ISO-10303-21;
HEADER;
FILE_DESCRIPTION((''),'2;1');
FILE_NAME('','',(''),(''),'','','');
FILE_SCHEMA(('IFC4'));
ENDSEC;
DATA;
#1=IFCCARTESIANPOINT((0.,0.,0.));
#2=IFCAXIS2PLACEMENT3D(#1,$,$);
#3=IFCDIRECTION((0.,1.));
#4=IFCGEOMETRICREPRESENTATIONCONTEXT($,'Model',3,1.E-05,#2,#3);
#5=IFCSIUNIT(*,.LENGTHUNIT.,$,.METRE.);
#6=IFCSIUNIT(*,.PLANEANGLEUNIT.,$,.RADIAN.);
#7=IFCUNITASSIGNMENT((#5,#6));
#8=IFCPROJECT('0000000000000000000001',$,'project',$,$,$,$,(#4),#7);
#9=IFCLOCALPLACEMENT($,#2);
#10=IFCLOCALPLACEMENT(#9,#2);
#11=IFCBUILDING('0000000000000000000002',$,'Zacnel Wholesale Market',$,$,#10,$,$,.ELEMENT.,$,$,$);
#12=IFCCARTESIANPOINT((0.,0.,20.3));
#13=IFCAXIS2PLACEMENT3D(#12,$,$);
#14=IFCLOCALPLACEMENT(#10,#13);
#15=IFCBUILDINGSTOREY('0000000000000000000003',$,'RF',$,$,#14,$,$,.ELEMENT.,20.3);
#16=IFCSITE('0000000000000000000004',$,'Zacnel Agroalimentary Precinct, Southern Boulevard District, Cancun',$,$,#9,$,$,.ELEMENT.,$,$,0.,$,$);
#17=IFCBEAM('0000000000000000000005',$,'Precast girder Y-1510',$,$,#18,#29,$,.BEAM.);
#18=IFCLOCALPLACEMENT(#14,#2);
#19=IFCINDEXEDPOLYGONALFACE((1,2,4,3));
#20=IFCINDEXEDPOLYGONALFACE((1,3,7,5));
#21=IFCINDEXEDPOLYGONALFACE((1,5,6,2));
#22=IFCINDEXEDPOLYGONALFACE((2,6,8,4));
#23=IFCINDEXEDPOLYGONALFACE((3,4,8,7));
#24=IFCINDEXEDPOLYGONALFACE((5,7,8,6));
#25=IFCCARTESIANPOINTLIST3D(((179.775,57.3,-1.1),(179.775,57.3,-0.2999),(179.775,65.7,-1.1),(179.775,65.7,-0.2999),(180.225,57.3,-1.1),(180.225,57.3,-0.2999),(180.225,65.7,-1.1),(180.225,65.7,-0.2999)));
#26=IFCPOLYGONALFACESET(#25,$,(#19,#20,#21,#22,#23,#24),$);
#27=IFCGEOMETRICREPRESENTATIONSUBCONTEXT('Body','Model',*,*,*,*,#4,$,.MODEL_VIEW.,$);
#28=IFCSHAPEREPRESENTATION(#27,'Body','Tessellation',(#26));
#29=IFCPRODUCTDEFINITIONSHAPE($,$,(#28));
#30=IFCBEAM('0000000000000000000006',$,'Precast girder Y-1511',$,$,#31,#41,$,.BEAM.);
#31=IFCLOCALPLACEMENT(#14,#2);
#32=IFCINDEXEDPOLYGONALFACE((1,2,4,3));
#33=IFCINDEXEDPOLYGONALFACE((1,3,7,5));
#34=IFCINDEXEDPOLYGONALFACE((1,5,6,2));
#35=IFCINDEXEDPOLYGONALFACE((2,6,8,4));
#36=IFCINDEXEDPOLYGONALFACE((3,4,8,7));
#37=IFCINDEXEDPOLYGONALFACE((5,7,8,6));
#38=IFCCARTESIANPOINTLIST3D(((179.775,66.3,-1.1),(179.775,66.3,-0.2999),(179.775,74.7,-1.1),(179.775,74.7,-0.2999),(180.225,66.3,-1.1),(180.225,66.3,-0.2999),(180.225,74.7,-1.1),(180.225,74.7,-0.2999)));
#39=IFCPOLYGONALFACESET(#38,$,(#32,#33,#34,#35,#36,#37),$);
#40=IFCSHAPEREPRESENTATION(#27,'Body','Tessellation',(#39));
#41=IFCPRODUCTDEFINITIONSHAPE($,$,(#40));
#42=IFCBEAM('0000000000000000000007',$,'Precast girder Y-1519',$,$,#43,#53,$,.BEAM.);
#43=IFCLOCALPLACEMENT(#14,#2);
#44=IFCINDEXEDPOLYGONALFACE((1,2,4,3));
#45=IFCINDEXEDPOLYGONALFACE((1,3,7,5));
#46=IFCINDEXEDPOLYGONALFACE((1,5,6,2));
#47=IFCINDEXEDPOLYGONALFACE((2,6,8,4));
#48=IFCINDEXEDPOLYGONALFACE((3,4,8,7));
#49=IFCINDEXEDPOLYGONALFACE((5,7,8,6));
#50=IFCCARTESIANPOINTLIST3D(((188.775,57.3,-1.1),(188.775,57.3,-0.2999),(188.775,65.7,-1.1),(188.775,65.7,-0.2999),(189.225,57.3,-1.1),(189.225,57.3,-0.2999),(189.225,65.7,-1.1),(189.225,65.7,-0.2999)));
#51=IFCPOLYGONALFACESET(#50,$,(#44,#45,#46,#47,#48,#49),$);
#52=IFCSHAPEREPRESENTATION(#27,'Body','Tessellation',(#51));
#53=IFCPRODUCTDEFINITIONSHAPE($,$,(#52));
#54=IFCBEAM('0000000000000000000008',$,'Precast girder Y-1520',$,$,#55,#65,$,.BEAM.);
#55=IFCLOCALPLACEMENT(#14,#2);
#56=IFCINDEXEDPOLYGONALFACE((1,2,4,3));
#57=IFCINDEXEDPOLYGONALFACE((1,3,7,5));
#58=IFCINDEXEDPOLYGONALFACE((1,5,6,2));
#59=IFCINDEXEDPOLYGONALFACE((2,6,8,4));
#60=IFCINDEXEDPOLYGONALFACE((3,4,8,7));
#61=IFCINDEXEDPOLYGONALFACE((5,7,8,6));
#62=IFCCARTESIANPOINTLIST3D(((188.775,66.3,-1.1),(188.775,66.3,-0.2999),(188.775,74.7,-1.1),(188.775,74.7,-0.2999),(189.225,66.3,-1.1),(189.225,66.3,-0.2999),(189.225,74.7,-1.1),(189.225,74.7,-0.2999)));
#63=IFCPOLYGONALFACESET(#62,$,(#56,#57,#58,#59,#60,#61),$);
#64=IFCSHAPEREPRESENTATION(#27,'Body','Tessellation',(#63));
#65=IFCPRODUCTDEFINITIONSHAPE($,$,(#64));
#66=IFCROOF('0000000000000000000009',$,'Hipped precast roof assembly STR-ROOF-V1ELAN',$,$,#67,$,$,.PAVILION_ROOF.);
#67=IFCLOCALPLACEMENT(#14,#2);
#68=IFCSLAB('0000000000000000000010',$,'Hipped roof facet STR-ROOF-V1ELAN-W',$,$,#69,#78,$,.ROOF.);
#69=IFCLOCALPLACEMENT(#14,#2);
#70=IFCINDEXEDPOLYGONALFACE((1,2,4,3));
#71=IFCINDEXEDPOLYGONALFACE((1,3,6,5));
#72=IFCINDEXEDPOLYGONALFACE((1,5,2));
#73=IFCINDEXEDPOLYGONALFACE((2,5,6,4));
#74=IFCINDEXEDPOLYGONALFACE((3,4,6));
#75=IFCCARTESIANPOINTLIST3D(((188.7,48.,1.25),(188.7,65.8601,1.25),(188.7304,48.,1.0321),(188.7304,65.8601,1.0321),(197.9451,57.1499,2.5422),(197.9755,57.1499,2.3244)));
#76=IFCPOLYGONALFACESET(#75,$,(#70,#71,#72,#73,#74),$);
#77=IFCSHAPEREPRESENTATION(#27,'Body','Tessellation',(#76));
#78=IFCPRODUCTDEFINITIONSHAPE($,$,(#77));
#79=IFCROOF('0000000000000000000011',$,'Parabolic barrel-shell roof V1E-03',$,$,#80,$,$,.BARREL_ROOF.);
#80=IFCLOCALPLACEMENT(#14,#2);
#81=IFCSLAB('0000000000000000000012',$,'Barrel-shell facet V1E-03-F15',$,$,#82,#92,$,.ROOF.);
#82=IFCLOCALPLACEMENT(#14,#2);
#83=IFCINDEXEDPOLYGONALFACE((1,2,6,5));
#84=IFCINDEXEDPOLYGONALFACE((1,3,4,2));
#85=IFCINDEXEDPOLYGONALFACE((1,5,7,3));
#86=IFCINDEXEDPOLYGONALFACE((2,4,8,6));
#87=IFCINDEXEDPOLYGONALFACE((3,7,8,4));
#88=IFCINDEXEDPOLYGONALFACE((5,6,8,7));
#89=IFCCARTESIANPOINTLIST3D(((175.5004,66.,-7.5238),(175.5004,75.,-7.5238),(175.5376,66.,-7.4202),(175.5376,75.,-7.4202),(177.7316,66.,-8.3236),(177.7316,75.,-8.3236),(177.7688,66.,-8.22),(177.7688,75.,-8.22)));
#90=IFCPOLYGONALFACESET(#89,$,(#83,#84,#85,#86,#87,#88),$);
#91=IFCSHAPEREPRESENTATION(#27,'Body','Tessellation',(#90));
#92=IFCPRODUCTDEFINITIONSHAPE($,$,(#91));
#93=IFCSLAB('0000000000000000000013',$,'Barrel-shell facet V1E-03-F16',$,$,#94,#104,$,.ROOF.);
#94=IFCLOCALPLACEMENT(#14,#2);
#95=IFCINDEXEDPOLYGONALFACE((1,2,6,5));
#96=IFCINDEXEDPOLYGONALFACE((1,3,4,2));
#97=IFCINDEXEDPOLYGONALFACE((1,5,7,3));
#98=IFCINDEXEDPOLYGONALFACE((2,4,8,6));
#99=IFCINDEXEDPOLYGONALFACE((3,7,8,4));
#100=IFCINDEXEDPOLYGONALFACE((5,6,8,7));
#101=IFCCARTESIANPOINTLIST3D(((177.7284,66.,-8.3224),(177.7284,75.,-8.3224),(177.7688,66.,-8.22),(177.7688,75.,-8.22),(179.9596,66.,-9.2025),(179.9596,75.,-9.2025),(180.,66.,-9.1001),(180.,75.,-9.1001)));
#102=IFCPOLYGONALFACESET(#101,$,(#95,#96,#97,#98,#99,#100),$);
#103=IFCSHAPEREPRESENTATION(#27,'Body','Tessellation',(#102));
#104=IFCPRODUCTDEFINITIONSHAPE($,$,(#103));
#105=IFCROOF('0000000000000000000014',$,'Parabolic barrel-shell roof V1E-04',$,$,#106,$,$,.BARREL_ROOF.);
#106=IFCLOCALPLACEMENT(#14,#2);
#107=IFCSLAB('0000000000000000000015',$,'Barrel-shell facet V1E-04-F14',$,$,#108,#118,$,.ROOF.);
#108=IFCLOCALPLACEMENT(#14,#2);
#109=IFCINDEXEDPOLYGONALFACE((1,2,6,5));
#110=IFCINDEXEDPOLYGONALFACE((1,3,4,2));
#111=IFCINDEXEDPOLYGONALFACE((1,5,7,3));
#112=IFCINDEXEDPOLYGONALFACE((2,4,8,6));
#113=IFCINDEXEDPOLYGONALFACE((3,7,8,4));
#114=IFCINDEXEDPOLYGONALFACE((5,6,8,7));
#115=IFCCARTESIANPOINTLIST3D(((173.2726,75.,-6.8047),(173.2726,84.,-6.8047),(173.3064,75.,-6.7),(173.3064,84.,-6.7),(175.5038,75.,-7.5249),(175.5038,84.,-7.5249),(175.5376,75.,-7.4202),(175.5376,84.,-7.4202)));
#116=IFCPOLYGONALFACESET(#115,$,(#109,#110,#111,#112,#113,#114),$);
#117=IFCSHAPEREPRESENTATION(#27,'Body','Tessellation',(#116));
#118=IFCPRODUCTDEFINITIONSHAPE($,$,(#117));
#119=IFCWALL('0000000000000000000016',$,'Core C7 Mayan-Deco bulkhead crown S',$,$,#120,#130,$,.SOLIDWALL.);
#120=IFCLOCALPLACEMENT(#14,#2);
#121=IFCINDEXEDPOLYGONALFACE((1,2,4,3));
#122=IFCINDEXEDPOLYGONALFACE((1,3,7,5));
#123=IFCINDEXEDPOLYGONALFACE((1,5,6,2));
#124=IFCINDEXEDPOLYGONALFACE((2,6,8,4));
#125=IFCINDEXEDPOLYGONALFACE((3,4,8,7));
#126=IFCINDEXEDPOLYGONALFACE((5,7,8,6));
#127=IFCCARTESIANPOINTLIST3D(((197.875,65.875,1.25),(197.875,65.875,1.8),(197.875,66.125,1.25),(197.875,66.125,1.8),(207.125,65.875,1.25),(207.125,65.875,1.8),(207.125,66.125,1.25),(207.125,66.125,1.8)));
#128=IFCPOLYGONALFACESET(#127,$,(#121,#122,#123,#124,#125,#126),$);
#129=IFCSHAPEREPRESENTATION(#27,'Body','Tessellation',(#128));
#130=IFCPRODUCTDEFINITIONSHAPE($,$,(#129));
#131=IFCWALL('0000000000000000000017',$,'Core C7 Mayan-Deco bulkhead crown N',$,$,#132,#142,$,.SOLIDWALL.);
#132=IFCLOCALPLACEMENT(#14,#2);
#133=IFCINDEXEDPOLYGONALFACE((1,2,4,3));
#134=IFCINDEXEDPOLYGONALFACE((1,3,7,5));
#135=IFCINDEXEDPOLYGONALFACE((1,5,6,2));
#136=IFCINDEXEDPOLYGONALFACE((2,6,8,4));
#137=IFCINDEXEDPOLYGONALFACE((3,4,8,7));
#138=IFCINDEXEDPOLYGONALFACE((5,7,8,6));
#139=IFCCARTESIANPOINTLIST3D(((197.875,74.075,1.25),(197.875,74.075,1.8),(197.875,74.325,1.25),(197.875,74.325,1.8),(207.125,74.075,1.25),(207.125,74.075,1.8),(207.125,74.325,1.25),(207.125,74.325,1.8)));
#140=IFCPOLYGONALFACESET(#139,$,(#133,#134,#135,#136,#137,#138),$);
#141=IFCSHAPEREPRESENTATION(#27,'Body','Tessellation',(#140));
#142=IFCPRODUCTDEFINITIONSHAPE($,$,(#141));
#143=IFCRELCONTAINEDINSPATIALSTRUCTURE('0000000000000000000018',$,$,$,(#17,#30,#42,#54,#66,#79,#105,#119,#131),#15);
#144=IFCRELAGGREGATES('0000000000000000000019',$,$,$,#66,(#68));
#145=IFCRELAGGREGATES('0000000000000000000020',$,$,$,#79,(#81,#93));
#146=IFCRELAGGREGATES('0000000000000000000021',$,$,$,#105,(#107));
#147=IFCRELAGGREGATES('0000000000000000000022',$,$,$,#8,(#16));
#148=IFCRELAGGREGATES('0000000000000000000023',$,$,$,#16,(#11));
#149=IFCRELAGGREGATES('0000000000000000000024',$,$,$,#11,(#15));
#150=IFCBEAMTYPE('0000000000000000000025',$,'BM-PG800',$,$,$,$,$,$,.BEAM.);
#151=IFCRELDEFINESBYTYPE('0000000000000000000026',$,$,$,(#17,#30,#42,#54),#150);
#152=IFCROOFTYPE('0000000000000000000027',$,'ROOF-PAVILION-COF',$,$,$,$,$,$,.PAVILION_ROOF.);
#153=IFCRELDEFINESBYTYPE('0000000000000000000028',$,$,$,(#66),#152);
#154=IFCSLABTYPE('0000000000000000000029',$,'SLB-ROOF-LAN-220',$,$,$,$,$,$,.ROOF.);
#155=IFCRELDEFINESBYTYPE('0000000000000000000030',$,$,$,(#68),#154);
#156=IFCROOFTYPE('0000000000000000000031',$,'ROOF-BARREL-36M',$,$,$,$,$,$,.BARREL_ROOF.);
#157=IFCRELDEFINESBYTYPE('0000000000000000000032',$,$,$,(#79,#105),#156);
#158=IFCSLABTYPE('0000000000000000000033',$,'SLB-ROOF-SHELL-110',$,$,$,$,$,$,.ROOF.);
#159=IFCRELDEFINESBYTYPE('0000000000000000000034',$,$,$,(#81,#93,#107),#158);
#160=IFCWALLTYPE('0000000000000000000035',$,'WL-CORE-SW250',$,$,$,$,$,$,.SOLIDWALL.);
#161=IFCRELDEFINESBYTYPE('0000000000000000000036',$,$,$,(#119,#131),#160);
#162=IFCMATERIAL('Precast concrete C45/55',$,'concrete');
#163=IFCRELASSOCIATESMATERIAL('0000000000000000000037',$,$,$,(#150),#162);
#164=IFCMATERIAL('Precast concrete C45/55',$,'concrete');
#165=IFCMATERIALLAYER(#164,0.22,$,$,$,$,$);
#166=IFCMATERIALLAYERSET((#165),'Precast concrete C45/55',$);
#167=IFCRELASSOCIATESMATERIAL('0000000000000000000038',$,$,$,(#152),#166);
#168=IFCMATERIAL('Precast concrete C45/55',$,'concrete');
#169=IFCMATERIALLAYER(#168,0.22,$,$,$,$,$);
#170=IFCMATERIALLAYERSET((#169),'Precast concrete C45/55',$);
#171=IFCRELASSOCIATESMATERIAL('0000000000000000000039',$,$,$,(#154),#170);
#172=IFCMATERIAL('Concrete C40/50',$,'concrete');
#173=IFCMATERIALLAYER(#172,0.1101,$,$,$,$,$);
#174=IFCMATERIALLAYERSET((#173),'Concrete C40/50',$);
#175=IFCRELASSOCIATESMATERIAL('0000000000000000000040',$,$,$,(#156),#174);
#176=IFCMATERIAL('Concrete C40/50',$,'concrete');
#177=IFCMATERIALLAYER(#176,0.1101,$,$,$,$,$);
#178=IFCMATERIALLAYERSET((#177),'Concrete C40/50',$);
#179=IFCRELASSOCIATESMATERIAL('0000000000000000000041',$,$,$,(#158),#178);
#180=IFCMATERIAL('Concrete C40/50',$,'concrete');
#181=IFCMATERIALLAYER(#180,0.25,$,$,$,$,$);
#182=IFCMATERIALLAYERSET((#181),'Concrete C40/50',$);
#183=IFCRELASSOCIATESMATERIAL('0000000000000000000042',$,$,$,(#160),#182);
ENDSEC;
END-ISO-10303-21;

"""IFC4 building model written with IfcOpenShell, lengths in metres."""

from ifc_helpers import new_model, si_unit, direction, frame, frame_2d, origin, origin_2d, place, context, subcontext, project, spatial, polyline, rectangle, outline, extrude, material, layer, layer_set, material_profile, profile_set, type_object, element, aggregate, save


model = new_model("IFC4")

# Units and contexts
model_context = context("Model", 3, precision=1e-05, world=origin(), true_north=direction((0.0, 1.0)))
body_context = subcontext(model_context, "Body", "Model", "MODEL_VIEW")
ifc_project = project(units=[si_unit("LENGTHUNIT", "METRE"), si_unit("PLANEANGLEUNIT", "RADIAN")], contexts=[model_context])

# Site, building, storey
site_placement = place(None, origin())
site = spatial("IfcSite", under=ifc_project, at=site_placement, Name="Zacnel Agroalimentary Precinct, Southern Boulevard District, Cancun", CompositionType="ELEMENT", RefElevation=0.0)
building_placement = place(site_placement, origin())
building = spatial("IfcBuilding", under=site, at=building_placement, Name="Zacnel Wholesale Market", CompositionType="ELEMENT")
storey_placement = place(building_placement, frame((0.0, 0.0, 20.3)))
storey = spatial("IfcBuildingStorey", under=building, at=storey_placement, Name="RF", CompositionType="ELEMENT", Elevation=20.3)

# Beams
ifc_material_1 = material(Name="Precast concrete C45/55", Category="concrete")
ifc_material_profile_1 = material_profile(ifc_material_1, rectangle(XDim=0.45, YDim=0.8, at=origin_2d()), Name="PG 450x800")
ifc_profile_set_1 = profile_set([ifc_material_profile_1], Name="Precast concrete C45/55")
beam_type_1 = type_object("IfcBeamType", Name="BM-PG800", PredefinedType="BEAM", material=ifc_profile_set_1)
for number, where, z_axis, x_axis, name in (
    (1, (180.0, 57.3, -0.7), (0.0, 1.0, 0.0), (-1.0, 0.0, 0.0), "Precast girder Y-1510"),
    (2, (180.0, 66.3, -0.7), (0.0, 1.0, 0.0), (-1.0, 0.0, 0.0), "Precast girder Y-1511"),
    (3, (189.0, 57.3, -0.7), (0.0, 1.0, 0.0), (-1.0, 0.0, 0.0), "Precast girder Y-1519"),
    (4, (189.0, 66.3, -0.7), (0.0, 1.0, 0.0), (-1.0, 0.0, 0.0), "Precast girder Y-1520"),
):
    element("IfcBeam", number, at=place(storey_placement, frame(where, z_axis=z_axis, x_axis=x_axis)), inside=storey, type_object=beam_type_1, Name=name, PredefinedType="BEAM", context=body_context, shape_type="SweptSolid", body=[
        extrude(rectangle(XDim=0.45, YDim=0.8, at=origin_2d()), origin(), (0.0, 0.0, 1.0), 8.3999),
    ])

# Roof, slab
ifc_material_2 = material(Name="Precast concrete C45/55", Category="concrete")
ifc_layer_1 = layer(ifc_material_2, 0.22)
ifc_layer_set_1 = layer_set([ifc_layer_1], Name="Precast concrete C45/55")
roof_type_1 = type_object("IfcRoofType", Name="ROOF-PAVILION-COF", PredefinedType="PAVILION_ROOF", material=ifc_layer_set_1)
roof_1_placement = place(storey_placement, origin())
roof_1 = element("IfcRoof", 5, at=roof_1_placement, inside=storey, type_object=roof_type_1, Name="Hipped precast roof assembly STR-ROOF-V1ELAN", PredefinedType="PAVILION_ROOF")
ifc_material_3 = material(Name="Precast concrete C45/55", Category="concrete")
ifc_layer_2 = layer(ifc_material_3, 0.22)
ifc_layer_set_2 = layer_set([ifc_layer_2], Name="Precast concrete C45/55")
slab_type_1 = type_object("IfcSlabType", Name="SLB-ROOF-LAN-220", PredefinedType="ROOF", material=ifc_layer_set_2)
slab_1_placement = place(storey_placement, frame((188.7, 65.8601, 1.25), z_axis=(-0.138429, 0.0, 0.990372), x_axis=(0.0, -1.0, 0.0)))
slab_1 = element("IfcSlab", 6, at=slab_1_placement, type_object=slab_type_1, Name="Hipped roof facet STR-ROOF-V1ELAN-W", PredefinedType="ROOF", context=body_context, shape_type="SweptSolid", body=[
    extrude(outline(polyline([(0.0, 0.0), (17.8601, 0.0), (8.7102, 9.335), (0.0, 0.0)])), origin(), (0.0, 0.0, -1.0), 0.22),
])
aggregate(roof_1, [slab_1])

# Roof, slabs
ifc_material_4 = material(Name="Concrete C40/50", Category="concrete")
ifc_layer_3 = layer(ifc_material_4, 0.1101)
ifc_layer_set_3 = layer_set([ifc_layer_3], Name="Concrete C40/50")
roof_type_2 = type_object("IfcRoofType", Name="ROOF-BARREL-36M", PredefinedType="BARREL_ROOF", material=ifc_layer_set_3)
roof_2_placement = place(storey_placement, origin())
roof_2 = element("IfcRoof", 7, at=roof_2_placement, inside=storey, type_object=roof_type_2, Name="Parabolic barrel-shell roof V1E-03", PredefinedType="BARREL_ROOF")
ifc_material_5 = material(Name="Concrete C40/50", Category="concrete")
ifc_layer_4 = layer(ifc_material_5, 0.1101)
ifc_layer_set_4 = layer_set([ifc_layer_4], Name="Concrete C40/50")
slab_type_2 = type_object("IfcSlabType", Name="SLB-ROOF-SHELL-110", PredefinedType="ROOF", material=ifc_layer_set_4)
slab_2_placement = place(storey_placement, frame((175.5376, 66.0, -7.4202), z_axis=(0.337439, 0.0, 0.941347), x_axis=(0.0, 1.0, 0.0)))
slab_2 = element("IfcSlab", 8, at=slab_2_placement, type_object=slab_type_2, Name="Barrel-shell facet V1E-03-F15", PredefinedType="ROOF", context=body_context, shape_type="SweptSolid", body=[
    extrude(outline(polyline([(0.0, 0.0), (9.0, 0.0), (9.0, -2.3702), (0.0, -2.3702), (0.0, 0.0)])), origin(), (0.0, 0.0, -1.0), 0.1101),
])
slab_3_placement = place(storey_placement, frame((177.7688, 66.0, -8.22), z_axis=(0.366946, 0.0, 0.930242), x_axis=(0.0, 1.0, 0.0)))
slab_3 = element("IfcSlab", 9, at=slab_3_placement, type_object=slab_type_2, Name="Barrel-shell facet V1E-03-F16", PredefinedType="ROOF", context=body_context, shape_type="SweptSolid", body=[
    extrude(outline(polyline([(0.0, 0.0), (9.0, 0.0), (9.0, -2.3985), (0.0, -2.3985), (0.0, 0.0)])), origin(), (0.0, 0.0, -1.0), 0.1101),
])
aggregate(roof_2, [slab_2, slab_3])

# Roof, slab
roof_3_placement = place(storey_placement, origin())
roof_3 = element("IfcRoof", 10, at=roof_3_placement, inside=storey, type_object=roof_type_2, Name="Parabolic barrel-shell roof V1E-04", PredefinedType="BARREL_ROOF")
slab_4_placement = place(storey_placement, frame((173.3064, 75.0, -6.7), z_axis=(0.307185, 0.0, 0.95165), x_axis=(0.0, 1.0, 0.0)))
slab_4 = element("IfcSlab", 11, at=slab_4_placement, type_object=slab_type_2, Name="Barrel-shell facet V1E-04-F14", PredefinedType="ROOF", context=body_context, shape_type="SweptSolid", body=[
    extrude(outline(polyline([(0.0, 0.0), (9.0, 0.0), (9.0, -2.3446), (0.0, -2.3446), (0.0, 0.0)])), origin(), (0.0, 0.0, -1.0), 0.1101),
])
aggregate(roof_3, [slab_4])

# Walls
ifc_material_6 = material(Name="Concrete C40/50", Category="concrete")
ifc_layer_5 = layer(ifc_material_6, 0.25)
ifc_layer_set_5 = layer_set([ifc_layer_5], Name="Concrete C40/50")
wall_type = type_object("IfcWallType", Name="WL-CORE-SW250", PredefinedType="SOLIDWALL", material=ifc_layer_set_5)
for number, where, z_axis, x_axis, name in (
    (12, (197.875, 66.0, 1.25), (0.0, 0.0, 1.0), (1.0, 0.0, 0.0), "Core C7 Mayan-Deco bulkhead crown S"),
    (13, (197.875, 74.2, 1.25), (0.0, 0.0, 1.0), (1.0, 0.0, 0.0), "Core C7 Mayan-Deco bulkhead crown N"),
):
    element("IfcWall", number, at=place(storey_placement, frame(where, z_axis=z_axis, x_axis=x_axis)), inside=storey, type_object=wall_type, Name=name, PredefinedType="SOLIDWALL", context=body_context, shape_type="SweptSolid", body=[
        extrude(rectangle(XDim=9.25, YDim=0.25, at=frame_2d((4.625, 0.0))), origin(), (0.0, 0.0, 1.0), 0.55),
    ])

save(model, "model.ifc")
